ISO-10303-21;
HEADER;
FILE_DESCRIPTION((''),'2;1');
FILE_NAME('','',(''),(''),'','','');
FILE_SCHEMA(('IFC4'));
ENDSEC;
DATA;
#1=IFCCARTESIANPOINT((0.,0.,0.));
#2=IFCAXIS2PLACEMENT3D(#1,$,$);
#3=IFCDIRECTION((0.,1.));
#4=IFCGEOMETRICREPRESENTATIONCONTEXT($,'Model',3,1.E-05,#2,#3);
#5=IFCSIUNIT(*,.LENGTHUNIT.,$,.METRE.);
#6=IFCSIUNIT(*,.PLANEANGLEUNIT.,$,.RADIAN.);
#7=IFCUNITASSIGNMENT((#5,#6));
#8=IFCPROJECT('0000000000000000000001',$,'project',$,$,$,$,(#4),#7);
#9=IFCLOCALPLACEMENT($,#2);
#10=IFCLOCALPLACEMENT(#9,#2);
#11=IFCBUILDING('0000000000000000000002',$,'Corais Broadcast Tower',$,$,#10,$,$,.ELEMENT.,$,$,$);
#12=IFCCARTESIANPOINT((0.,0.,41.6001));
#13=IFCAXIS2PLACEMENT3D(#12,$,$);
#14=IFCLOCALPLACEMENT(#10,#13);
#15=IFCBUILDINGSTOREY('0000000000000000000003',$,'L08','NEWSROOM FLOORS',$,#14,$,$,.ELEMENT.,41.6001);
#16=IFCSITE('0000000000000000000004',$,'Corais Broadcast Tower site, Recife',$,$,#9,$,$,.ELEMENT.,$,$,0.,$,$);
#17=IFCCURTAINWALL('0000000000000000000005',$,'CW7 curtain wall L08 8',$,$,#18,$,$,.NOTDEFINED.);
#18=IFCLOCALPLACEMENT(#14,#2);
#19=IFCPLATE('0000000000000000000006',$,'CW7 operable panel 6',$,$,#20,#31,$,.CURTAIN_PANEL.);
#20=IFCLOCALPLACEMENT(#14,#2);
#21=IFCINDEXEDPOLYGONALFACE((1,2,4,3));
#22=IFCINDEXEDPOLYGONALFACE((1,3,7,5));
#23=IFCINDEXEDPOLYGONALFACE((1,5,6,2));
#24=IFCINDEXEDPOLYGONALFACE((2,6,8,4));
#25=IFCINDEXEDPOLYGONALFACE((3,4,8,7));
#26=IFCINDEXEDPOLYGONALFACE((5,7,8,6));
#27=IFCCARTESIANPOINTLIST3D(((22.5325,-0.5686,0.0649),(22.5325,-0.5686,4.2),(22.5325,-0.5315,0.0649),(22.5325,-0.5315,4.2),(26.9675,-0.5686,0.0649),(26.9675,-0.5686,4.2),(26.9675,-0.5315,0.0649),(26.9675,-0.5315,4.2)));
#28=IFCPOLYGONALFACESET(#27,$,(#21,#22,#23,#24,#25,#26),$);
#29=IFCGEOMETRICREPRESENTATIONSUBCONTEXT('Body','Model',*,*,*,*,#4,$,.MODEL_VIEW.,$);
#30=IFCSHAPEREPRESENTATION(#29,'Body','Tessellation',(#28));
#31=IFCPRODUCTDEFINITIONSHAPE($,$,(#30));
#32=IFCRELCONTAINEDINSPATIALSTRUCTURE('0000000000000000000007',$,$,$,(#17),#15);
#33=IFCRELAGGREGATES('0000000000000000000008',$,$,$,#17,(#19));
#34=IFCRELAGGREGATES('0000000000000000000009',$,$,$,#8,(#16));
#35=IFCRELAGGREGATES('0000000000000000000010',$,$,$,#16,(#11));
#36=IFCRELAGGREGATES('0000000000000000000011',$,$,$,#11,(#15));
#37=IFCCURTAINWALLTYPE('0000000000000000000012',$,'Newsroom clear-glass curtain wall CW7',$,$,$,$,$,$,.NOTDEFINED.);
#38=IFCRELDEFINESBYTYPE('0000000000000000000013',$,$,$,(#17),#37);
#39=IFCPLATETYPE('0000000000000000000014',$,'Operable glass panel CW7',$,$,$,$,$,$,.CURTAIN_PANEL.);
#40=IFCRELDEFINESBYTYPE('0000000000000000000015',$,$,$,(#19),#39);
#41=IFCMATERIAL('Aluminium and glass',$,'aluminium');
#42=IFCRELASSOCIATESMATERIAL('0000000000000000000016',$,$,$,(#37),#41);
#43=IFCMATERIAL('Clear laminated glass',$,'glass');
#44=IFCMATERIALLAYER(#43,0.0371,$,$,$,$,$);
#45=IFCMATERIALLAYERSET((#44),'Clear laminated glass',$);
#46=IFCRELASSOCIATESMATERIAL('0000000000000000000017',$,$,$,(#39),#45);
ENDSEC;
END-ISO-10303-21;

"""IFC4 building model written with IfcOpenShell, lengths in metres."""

from ifc_helpers import new_model, si_unit, direction, frame, origin, origin_2d, place, context, subcontext, project, spatial, rectangle, extrude, material, layer, layer_set, type_object, element, aggregate, save


model = new_model("IFC4")

# Units and contexts
model_context = context("Model", 3, precision=1e-05, world=origin(), true_north=direction((0.0, 1.0)))
body_context = subcontext(model_context, "Body", "Model", "MODEL_VIEW")
ifc_project = project(units=[si_unit("LENGTHUNIT", "METRE"), si_unit("PLANEANGLEUNIT", "RADIAN")], contexts=[model_context])

# Site, building, storey
site_placement = place(None, origin())
site = spatial("IfcSite", under=ifc_project, at=site_placement, Name="Corais Broadcast Tower site, Recife", CompositionType="ELEMENT", RefElevation=0.0)
building_placement = place(site_placement, origin())
building = spatial("IfcBuilding", under=site, at=building_placement, Name="Corais Broadcast Tower", CompositionType="ELEMENT")
storey_placement = place(building_placement, frame((0.0, 0.0, 41.6001)))
storey = spatial("IfcBuildingStorey", under=building, at=storey_placement, Name="L08", Description="NEWSROOM FLOORS", CompositionType="ELEMENT", Elevation=41.6001)

# Curtain wall
ifc_material_1 = material(Name="Aluminium and glass", Category="aluminium")
curtain_wall_type = type_object("IfcCurtainWallType", Name="Newsroom clear-glass curtain wall CW7", PredefinedType="NOTDEFINED", material=ifc_material_1)
curtain_wall_placement = place(storey_placement, origin())
curtain_wall = element("IfcCurtainWall", 1, at=curtain_wall_placement, inside=storey, type_object=curtain_wall_type, Name="CW7 curtain wall L08 8", PredefinedType="NOTDEFINED")

# Plate
ifc_material_2 = material(Name="Clear laminated glass", Category="glass")
ifc_layer_1 = layer(ifc_material_2, 0.0371)
ifc_layer_set_1 = layer_set([ifc_layer_1], Name="Clear laminated glass")
plate_type_1 = type_object("IfcPlateType", Name="Operable glass panel CW7", PredefinedType="CURTAIN_PANEL", material=ifc_layer_set_1)
plate_1_placement = place(storey_placement, frame((24.75, -0.55, 0.0649), z_axis=(0.0, 0.0, 1.0), x_axis=(-1.0, 0.0, 0.0)))
plate_1 = element("IfcPlate", 2, at=plate_1_placement, type_object=plate_type_1, Name="CW7 operable panel 6", PredefinedType="CURTAIN_PANEL", context=body_context, shape_type="SweptSolid", body=[
    extrude(rectangle(XDim=4.4351, YDim=0.0371, at=origin_2d()), origin(), (0.0, 0.0, 1.0), 4.135),
])
aggregate(curtain_wall, [plate_1])

save(model, "model.ifc")
